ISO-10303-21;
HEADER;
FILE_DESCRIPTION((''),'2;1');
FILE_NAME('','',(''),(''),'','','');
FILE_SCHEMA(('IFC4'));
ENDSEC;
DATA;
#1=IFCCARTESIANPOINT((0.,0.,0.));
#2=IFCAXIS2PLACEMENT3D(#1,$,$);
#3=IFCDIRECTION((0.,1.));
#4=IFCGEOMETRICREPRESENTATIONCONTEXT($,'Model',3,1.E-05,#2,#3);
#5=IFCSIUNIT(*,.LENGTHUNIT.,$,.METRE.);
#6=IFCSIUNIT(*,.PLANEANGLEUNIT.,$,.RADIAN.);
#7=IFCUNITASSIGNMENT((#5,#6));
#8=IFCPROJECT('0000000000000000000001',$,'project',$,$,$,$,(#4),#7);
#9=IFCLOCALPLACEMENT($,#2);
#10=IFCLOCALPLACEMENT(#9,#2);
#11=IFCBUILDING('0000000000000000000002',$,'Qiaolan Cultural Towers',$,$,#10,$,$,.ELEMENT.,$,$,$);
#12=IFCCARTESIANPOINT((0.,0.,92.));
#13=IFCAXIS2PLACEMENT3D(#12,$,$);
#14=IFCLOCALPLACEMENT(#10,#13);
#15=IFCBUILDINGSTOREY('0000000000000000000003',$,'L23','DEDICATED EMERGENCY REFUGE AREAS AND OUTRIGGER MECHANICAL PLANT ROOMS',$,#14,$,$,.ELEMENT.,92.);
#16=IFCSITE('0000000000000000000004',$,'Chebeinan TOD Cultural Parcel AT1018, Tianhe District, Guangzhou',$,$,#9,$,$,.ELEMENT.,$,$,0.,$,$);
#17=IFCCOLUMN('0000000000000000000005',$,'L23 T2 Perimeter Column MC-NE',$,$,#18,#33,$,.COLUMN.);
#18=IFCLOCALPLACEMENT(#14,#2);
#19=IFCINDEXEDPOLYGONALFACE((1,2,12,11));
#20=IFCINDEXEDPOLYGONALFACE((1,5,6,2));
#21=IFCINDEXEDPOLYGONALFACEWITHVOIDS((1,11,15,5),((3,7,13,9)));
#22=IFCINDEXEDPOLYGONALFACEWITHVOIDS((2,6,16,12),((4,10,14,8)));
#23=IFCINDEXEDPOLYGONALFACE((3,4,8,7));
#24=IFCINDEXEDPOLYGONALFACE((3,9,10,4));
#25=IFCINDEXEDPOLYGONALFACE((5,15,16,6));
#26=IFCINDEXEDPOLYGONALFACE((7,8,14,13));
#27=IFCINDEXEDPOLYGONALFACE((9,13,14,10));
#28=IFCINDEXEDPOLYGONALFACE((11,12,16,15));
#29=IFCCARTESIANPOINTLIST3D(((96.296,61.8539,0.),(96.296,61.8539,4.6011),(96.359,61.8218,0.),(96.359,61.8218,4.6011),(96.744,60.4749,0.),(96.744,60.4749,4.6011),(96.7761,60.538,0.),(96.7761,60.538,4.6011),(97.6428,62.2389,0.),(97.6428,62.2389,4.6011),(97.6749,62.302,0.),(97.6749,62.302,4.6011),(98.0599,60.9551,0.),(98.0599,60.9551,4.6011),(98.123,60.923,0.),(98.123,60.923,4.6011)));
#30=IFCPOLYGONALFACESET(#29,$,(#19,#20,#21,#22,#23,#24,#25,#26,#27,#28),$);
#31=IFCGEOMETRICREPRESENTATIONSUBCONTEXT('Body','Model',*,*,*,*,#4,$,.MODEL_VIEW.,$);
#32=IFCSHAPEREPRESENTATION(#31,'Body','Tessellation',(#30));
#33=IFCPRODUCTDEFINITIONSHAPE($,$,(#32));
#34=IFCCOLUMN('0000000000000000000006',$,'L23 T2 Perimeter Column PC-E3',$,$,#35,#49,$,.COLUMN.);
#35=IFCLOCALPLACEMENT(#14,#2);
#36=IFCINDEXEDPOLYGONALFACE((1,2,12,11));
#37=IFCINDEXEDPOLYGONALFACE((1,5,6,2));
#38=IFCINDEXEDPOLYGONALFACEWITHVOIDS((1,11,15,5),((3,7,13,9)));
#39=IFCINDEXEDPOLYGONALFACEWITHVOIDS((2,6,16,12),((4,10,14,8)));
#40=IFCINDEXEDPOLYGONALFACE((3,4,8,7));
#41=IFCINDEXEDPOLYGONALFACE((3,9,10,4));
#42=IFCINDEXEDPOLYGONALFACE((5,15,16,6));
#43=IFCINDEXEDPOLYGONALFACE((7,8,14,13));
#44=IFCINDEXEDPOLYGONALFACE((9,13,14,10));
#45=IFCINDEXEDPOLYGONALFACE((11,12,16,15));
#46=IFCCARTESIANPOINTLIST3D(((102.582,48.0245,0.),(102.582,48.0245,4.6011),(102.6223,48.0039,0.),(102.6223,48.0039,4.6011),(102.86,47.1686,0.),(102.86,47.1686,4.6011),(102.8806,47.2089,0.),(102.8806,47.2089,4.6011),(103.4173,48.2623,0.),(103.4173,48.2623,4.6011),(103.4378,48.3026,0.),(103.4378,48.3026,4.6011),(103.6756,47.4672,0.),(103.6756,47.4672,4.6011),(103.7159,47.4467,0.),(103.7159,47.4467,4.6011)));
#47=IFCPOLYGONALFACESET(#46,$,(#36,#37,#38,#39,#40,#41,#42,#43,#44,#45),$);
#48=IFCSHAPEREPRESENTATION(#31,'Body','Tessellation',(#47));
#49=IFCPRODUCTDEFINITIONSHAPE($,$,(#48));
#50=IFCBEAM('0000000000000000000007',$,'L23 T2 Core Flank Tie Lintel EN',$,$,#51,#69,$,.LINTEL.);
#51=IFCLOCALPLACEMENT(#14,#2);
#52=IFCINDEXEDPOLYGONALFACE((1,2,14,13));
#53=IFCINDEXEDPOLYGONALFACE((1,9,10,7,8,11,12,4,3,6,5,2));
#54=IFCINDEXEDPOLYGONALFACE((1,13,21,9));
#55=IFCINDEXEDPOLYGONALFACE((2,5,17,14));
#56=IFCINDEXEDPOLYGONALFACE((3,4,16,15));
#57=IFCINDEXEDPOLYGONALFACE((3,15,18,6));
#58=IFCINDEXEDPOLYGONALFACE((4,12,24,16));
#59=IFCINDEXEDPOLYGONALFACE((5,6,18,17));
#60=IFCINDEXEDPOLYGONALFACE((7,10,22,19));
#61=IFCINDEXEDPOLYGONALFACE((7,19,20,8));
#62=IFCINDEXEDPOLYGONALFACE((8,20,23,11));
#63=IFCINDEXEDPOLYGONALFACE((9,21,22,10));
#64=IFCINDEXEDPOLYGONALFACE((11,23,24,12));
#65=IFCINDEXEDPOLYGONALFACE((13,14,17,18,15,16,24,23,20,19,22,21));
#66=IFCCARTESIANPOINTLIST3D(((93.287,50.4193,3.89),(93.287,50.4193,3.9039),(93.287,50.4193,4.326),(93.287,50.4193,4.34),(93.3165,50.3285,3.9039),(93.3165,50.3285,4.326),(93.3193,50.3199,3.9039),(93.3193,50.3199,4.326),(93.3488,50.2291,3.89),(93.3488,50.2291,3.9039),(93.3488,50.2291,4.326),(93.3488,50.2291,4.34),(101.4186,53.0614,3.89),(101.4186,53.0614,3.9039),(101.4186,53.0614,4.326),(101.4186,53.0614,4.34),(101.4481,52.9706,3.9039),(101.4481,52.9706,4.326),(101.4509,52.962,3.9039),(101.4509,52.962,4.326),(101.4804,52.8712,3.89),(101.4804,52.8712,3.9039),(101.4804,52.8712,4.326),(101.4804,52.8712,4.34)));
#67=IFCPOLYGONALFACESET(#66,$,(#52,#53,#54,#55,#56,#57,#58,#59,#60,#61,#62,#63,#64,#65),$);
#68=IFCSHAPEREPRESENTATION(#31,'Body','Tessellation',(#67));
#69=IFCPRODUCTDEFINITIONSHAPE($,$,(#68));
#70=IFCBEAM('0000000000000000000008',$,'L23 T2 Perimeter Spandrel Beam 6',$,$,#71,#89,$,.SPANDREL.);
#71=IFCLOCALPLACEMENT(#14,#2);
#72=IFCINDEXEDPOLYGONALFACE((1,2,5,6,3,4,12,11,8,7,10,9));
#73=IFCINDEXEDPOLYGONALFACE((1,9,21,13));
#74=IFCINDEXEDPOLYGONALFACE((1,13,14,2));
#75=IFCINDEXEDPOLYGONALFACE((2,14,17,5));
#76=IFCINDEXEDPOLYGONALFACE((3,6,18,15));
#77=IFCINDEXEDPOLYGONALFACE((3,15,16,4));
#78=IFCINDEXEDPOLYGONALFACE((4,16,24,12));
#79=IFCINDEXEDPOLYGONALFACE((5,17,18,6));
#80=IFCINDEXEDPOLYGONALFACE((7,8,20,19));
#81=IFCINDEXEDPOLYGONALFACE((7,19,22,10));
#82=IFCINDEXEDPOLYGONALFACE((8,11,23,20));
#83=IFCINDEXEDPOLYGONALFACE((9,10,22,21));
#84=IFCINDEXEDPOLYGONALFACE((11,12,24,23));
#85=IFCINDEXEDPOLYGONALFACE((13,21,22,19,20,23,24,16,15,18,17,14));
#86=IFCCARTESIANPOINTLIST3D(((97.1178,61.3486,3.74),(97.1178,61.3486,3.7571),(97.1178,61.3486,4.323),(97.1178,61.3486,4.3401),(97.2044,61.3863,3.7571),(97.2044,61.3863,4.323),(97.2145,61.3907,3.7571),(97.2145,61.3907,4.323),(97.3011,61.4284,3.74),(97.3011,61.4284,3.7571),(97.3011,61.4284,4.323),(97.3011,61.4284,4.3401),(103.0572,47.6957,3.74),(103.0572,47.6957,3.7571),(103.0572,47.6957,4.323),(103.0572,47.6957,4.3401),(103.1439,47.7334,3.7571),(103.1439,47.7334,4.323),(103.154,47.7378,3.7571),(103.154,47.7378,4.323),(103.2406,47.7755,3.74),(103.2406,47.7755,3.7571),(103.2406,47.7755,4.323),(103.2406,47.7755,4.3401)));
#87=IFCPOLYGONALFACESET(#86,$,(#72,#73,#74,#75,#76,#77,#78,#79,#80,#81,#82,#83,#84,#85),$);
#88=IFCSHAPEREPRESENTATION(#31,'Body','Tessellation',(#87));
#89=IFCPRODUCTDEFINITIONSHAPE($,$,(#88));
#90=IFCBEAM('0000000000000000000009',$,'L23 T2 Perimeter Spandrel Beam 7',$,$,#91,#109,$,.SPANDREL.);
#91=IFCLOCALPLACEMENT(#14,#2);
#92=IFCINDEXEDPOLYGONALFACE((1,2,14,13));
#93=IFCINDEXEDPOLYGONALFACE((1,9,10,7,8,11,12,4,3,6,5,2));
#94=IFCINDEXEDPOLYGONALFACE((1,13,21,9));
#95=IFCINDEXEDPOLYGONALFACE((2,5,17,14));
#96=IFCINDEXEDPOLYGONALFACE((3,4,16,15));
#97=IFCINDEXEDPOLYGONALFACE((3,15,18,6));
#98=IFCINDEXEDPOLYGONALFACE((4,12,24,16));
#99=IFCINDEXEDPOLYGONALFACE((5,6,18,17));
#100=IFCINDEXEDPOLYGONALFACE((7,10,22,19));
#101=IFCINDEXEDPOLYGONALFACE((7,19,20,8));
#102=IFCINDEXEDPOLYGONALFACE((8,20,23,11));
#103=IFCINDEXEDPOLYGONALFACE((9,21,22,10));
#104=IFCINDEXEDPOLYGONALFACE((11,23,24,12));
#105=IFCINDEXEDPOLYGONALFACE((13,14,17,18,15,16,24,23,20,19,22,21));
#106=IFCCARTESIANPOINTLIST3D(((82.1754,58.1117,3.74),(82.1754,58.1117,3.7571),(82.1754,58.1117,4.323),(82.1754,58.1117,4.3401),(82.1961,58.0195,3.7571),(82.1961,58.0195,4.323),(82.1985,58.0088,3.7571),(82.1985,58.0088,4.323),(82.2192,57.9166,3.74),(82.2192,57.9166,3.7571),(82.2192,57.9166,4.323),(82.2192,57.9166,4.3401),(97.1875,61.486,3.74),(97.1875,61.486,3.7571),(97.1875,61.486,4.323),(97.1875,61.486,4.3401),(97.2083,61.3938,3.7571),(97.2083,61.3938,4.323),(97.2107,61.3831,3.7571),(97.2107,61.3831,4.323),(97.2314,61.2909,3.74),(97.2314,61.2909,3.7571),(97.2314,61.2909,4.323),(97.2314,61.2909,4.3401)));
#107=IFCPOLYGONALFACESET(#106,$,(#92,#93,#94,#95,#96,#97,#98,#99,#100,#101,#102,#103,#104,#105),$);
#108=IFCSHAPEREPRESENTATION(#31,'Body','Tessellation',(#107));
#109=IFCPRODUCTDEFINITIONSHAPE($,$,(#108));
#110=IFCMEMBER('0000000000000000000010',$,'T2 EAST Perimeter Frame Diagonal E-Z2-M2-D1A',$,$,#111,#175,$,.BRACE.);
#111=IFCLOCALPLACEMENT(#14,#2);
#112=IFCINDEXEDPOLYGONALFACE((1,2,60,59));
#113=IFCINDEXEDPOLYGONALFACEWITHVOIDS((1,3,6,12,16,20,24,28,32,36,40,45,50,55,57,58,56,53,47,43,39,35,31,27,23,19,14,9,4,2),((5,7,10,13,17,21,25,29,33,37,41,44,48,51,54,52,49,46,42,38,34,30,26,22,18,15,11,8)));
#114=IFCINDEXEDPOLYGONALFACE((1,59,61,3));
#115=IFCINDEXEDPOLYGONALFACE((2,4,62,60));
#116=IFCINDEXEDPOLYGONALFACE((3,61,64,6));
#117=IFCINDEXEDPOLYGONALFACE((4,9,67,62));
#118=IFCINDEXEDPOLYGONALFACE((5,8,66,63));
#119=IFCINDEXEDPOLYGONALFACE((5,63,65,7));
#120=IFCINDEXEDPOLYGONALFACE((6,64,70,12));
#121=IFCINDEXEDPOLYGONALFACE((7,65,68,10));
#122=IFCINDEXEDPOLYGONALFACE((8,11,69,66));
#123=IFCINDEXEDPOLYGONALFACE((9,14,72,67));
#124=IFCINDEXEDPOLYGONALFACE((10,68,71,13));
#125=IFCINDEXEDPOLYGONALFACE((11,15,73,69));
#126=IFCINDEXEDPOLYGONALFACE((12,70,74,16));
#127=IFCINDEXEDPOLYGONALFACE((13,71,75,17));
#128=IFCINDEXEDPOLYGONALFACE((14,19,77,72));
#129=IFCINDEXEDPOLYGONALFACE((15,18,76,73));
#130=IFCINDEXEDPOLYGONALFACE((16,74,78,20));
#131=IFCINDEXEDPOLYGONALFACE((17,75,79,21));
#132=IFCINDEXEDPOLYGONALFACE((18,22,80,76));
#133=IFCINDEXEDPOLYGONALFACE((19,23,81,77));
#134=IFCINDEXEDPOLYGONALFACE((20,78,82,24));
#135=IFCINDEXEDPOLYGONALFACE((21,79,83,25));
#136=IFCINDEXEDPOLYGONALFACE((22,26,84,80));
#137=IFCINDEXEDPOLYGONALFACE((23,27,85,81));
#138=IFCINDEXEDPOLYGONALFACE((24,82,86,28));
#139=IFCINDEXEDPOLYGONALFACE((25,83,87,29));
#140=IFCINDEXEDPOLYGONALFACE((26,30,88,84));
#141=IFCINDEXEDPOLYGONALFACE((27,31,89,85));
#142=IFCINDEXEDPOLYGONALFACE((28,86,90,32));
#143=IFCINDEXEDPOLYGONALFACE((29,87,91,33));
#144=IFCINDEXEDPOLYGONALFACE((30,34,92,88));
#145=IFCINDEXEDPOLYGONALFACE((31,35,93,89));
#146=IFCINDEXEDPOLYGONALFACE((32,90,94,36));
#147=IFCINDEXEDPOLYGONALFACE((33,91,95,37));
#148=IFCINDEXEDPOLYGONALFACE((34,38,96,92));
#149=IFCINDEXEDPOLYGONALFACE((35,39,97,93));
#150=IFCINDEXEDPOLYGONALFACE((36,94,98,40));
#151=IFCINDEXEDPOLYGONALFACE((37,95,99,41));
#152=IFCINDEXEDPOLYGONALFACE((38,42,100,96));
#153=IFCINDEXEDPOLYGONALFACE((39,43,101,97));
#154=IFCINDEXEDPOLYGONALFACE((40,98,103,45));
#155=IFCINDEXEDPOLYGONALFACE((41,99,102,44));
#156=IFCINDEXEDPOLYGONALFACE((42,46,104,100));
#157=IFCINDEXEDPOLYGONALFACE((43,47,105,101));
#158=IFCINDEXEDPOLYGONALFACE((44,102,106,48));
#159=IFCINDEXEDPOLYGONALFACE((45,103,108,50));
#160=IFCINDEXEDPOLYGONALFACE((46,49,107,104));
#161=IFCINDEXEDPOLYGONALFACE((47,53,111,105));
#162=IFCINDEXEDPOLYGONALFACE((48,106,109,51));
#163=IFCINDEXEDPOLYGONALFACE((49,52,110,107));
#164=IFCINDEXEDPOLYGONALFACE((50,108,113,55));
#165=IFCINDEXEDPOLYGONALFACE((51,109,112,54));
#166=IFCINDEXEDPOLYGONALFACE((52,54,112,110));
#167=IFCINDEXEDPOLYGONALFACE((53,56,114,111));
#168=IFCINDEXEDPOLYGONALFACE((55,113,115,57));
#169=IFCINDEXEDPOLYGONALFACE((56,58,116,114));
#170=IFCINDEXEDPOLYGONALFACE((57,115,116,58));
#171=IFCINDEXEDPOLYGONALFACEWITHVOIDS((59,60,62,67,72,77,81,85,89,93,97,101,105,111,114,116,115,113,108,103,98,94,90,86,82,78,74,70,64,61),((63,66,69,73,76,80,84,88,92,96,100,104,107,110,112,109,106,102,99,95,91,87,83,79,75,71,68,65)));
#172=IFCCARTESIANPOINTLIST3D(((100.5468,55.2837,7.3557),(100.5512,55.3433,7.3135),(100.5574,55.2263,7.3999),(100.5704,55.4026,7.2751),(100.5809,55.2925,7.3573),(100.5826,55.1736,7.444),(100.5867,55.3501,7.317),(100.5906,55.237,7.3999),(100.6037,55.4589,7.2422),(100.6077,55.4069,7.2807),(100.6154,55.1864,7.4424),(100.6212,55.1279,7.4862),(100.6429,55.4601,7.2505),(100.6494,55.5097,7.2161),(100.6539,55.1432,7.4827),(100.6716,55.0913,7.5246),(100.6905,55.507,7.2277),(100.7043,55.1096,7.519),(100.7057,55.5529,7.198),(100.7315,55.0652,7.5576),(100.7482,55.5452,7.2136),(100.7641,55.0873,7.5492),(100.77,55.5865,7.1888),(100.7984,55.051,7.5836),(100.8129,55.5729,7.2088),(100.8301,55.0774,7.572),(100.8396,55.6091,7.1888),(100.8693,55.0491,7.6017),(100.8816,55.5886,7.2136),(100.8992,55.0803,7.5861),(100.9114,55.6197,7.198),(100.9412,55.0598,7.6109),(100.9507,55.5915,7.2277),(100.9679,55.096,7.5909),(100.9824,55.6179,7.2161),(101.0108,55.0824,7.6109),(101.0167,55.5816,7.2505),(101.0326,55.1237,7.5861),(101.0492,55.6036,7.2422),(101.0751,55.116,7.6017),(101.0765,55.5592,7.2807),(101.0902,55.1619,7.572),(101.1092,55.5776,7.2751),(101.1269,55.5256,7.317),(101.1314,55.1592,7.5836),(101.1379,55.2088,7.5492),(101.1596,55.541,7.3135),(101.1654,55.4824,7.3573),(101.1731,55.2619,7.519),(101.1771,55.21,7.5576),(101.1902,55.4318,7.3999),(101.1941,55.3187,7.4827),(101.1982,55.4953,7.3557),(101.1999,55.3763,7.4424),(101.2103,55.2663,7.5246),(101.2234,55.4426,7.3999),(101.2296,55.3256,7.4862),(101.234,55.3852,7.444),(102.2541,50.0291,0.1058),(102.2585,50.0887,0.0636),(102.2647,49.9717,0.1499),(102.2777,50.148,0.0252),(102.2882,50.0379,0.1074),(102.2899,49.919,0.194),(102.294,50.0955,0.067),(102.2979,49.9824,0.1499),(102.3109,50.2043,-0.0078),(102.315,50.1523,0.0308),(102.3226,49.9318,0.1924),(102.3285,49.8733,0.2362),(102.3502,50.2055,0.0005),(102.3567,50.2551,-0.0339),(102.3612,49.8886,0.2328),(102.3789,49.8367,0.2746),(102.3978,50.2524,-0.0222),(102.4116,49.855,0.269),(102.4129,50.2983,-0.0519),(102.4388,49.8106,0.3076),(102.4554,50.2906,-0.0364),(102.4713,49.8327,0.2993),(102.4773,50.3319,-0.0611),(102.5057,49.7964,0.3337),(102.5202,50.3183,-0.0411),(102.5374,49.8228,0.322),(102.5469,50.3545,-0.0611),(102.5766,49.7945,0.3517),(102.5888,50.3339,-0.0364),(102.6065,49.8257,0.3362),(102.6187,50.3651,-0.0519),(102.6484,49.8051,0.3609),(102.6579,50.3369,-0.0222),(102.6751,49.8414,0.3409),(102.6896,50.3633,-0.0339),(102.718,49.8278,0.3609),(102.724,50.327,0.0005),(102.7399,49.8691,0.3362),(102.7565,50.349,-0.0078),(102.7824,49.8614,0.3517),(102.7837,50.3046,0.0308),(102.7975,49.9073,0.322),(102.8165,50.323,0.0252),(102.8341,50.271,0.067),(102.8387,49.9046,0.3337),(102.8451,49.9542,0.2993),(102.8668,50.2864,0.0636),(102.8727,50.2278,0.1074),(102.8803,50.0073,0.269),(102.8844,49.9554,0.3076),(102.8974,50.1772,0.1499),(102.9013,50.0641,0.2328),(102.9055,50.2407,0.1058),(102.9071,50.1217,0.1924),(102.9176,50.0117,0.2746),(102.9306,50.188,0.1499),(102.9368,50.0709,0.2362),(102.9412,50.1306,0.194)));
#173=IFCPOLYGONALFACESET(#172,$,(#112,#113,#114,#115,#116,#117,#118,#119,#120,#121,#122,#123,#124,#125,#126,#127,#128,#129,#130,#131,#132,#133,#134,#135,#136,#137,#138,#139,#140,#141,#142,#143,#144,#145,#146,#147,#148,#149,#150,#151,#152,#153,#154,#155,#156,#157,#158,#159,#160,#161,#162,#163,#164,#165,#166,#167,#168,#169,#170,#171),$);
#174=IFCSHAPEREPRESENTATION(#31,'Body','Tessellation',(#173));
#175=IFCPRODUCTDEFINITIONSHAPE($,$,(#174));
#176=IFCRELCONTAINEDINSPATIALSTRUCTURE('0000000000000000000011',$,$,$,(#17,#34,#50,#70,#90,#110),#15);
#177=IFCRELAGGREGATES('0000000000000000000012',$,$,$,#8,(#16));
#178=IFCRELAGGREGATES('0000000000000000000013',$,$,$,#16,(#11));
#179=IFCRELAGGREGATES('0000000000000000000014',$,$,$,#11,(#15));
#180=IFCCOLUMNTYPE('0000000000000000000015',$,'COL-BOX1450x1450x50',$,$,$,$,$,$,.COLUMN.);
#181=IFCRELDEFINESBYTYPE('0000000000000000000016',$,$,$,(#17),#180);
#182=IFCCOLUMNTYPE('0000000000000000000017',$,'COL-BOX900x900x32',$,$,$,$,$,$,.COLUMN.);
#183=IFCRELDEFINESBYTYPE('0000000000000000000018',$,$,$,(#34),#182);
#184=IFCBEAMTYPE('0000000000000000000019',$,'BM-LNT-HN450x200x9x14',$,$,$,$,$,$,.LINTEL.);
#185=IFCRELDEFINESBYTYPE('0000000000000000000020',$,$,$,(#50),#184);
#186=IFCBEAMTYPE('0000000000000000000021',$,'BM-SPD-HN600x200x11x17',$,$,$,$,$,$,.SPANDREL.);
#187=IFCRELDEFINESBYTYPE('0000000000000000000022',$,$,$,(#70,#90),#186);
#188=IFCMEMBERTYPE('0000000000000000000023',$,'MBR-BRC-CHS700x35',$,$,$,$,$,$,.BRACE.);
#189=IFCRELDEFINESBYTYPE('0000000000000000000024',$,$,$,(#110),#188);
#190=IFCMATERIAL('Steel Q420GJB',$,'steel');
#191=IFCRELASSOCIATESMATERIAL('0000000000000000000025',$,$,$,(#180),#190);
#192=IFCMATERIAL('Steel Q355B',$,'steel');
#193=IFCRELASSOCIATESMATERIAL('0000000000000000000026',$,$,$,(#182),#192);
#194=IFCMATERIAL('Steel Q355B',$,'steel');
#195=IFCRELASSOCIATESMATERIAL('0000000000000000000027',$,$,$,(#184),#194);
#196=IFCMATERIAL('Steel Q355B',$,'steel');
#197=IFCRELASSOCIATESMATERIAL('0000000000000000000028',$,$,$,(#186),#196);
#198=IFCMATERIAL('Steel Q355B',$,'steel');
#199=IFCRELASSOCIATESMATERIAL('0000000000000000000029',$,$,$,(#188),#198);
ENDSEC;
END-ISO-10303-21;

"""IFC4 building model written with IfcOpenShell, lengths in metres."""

from ifc_helpers import new_model, si_unit, direction, frame, origin, origin_2d, place, context, subcontext, project, spatial, hollow_rectangle, hollow_circle, i_section, extrude, material, material_profile, profile_set, type_object, element, save


model = new_model("IFC4")

# Units and contexts
model_context = context("Model", 3, precision=1e-05, world=origin(), true_north=direction((0.0, 1.0)))
body_context = subcontext(model_context, "Body", "Model", "MODEL_VIEW")
ifc_project = project(units=[si_unit("LENGTHUNIT", "METRE"), si_unit("PLANEANGLEUNIT", "RADIAN")], contexts=[model_context])

# Site, building, storey
site_placement = place(None, origin())
site = spatial("IfcSite", under=ifc_project, at=site_placement, Name="Chebeinan TOD Cultural Parcel AT1018, Tianhe District, Guangzhou", CompositionType="ELEMENT", RefElevation=0.0)
building_placement = place(site_placement, origin())
building = spatial("IfcBuilding", under=site, at=building_placement, Name="Qiaolan Cultural Towers", CompositionType="ELEMENT")
storey_placement = place(building_placement, frame((0.0, 0.0, 92.0)))
storey = spatial("IfcBuildingStorey", under=building, at=storey_placement, Name="L23", Description="DEDICATED EMERGENCY REFUGE AREAS AND OUTRIGGER MECHANICAL PLANT ROOMS", CompositionType="ELEMENT", Elevation=92.0)

# Columns
ifc_material_1 = material(Name="Steel Q420GJB", Category="steel")
ifc_material_profile_1 = material_profile(ifc_material_1, hollow_rectangle(XDim=1.45, YDim=1.45, WallThickness=0.05, at=origin_2d()), Name="BOX1450x1450x50")
ifc_profile_set_1 = profile_set([ifc_material_profile_1], Name="Steel Q420GJB")
column_type_1 = type_object("IfcColumnType", Name="COL-BOX1450x1450x50", PredefinedType="COLUMN", material=ifc_profile_set_1)
column_1_placement = place(storey_placement, frame((97.2095, 61.3884, 0.0), z_axis=(0.0, 0.0, 1.0), x_axis=(0.951057, 0.309017, 0.0)))
element("IfcColumn", 1, at=column_1_placement, inside=storey, type_object=column_type_1, Name="L23 T2 Perimeter Column MC-NE", PredefinedType="COLUMN", context=body_context, shape_type="SweptSolid", body=[
    extrude(hollow_rectangle(XDim=1.45, YDim=1.45, WallThickness=0.05, at=origin_2d()), origin(), (0.0, 0.0, 1.0), 4.6011),
])
ifc_material_2 = material(Name="Steel Q355B", Category="steel")
ifc_material_profile_2 = material_profile(ifc_material_2, hollow_rectangle(XDim=0.8999, YDim=0.8999, WallThickness=0.032, at=origin_2d()), Name="BOX900x900x32")
ifc_profile_set_2 = profile_set([ifc_material_profile_2], Name="Steel Q355B")
column_type_2 = type_object("IfcColumnType", Name="COL-BOX900x900x32", PredefinedType="COLUMN", material=ifc_profile_set_2)
column_2_placement = place(storey_placement, frame((103.1489, 47.7356, 0.0), z_axis=(0.0, 0.0, 1.0), x_axis=(0.951057, 0.309017, 0.0)))
element("IfcColumn", 2, at=column_2_placement, inside=storey, type_object=column_type_2, Name="L23 T2 Perimeter Column PC-E3", PredefinedType="COLUMN", context=body_context, shape_type="SweptSolid", body=[
    extrude(hollow_rectangle(XDim=0.8999, YDim=0.8999, WallThickness=0.032, at=origin_2d()), origin(), (0.0, 0.0, 1.0), 4.6011),
])

# Beams
ifc_material_3 = material(Name="Steel Q355B", Category="steel")
ifc_material_profile_3 = material_profile(ifc_material_3, i_section(OverallWidth=0.2, OverallDepth=0.45, WebThickness=0.009, FlangeThickness=0.0139, at=origin_2d()), Name="HN450x200x9x14")
ifc_profile_set_3 = profile_set([ifc_material_profile_3], Name="Steel Q355B")
beam_type_1 = type_object("IfcBeamType", Name="BM-LNT-HN450x200x9x14", PredefinedType="LINTEL", material=ifc_profile_set_3)
beam_1_placement = place(storey_placement, frame((93.3179, 50.3242, 4.115), z_axis=(0.951057, 0.309014, 0.0), x_axis=(-0.309014, 0.951057, 0.0)))
element("IfcBeam", 3, at=beam_1_placement, inside=storey, type_object=beam_type_1, Name="L23 T2 Core Flank Tie Lintel EN", PredefinedType="LINTEL", context=body_context, shape_type="SweptSolid", body=[
    extrude(i_section(OverallWidth=0.2, OverallDepth=0.45, WebThickness=0.009, FlangeThickness=0.0139, at=origin_2d()), origin(), (0.0, 0.0, 1.0), 8.55),
])
ifc_material_4 = material(Name="Steel Q355B", Category="steel")
ifc_material_profile_4 = material_profile(ifc_material_4, i_section(OverallWidth=0.2, OverallDepth=0.6001, WebThickness=0.011, FlangeThickness=0.0171, at=origin_2d()), Name="HN600x200x11x17")
ifc_profile_set_4 = profile_set([ifc_material_profile_4], Name="Steel Q355B")
beam_type_2 = type_object("IfcBeamType", Name="BM-SPD-HN600x200x11x17", PredefinedType="SPANDREL", material=ifc_profile_set_4)
beam_2_placement = place(storey_placement, frame((103.1489, 47.7356, 4.04), z_axis=(-0.39892, 0.916986, 0.0), x_axis=(-0.916986, -0.39892, 0.0)))
element("IfcBeam", 4, at=beam_2_placement, inside=storey, type_object=beam_type_2, Name="L23 T2 Perimeter Spandrel Beam 6", PredefinedType="SPANDREL", context=body_context, shape_type="SweptSolid", body=[
    extrude(i_section(OverallWidth=0.2, OverallDepth=0.6001, WebThickness=0.011, FlangeThickness=0.0171, at=origin_2d()), origin(), (0.0, 0.0, 1.0), 14.8889),
])
beam_3_placement = place(storey_placement, frame((97.2095, 61.3884, 4.04), z_axis=(-0.975658, -0.219297, 0.0), x_axis=(0.219297, -0.975658, 0.0)))
element("IfcBeam", 5, at=beam_3_placement, inside=storey, type_object=beam_type_2, Name="L23 T2 Perimeter Spandrel Beam 7", PredefinedType="SPANDREL", context=body_context, shape_type="SweptSolid", body=[
    extrude(i_section(OverallWidth=0.2, OverallDepth=0.6001, WebThickness=0.011, FlangeThickness=0.0171, at=origin_2d()), origin(), (0.0, 0.0, 1.0), 15.3867),
])

# Member
ifc_material_5 = material(Name="Steel Q355B", Category="steel")
ifc_material_profile_5 = material_profile(ifc_material_5, hollow_circle(Radius=0.3501, WallThickness=0.0349, at=origin_2d()), Name="CHS700x35")
ifc_profile_set_5 = profile_set([ifc_material_profile_5], Name="Steel Q355B")
member_type = type_object("IfcMemberType", Name="MBR-BRC-CHS700x35", PredefinedType="BRACE", material=ifc_profile_set_5)
for number, where, z_axis, x_axis, name in (
    (6, (102.5977, 50.0798, 0.1499), (-0.187298, 0.576464, 0.795367), (-0.95106, -0.309007, 0.0), "T2 EAST Perimeter Frame Diagonal E-Z2-M2-D1A"),
):
    element("IfcMember", number, at=place(storey_placement, frame(where, z_axis=z_axis, x_axis=x_axis)), inside=storey, type_object=member_type, Name=name, PredefinedType="BRACE", context=body_context, shape_type="SweptSolid", body=[
        extrude(hollow_circle(Radius=0.3501, WallThickness=0.0349, at=origin_2d()), origin(), (0.0, 0.0, 1.0), 9.1152),
    ])

save(model, "model.ifc")
